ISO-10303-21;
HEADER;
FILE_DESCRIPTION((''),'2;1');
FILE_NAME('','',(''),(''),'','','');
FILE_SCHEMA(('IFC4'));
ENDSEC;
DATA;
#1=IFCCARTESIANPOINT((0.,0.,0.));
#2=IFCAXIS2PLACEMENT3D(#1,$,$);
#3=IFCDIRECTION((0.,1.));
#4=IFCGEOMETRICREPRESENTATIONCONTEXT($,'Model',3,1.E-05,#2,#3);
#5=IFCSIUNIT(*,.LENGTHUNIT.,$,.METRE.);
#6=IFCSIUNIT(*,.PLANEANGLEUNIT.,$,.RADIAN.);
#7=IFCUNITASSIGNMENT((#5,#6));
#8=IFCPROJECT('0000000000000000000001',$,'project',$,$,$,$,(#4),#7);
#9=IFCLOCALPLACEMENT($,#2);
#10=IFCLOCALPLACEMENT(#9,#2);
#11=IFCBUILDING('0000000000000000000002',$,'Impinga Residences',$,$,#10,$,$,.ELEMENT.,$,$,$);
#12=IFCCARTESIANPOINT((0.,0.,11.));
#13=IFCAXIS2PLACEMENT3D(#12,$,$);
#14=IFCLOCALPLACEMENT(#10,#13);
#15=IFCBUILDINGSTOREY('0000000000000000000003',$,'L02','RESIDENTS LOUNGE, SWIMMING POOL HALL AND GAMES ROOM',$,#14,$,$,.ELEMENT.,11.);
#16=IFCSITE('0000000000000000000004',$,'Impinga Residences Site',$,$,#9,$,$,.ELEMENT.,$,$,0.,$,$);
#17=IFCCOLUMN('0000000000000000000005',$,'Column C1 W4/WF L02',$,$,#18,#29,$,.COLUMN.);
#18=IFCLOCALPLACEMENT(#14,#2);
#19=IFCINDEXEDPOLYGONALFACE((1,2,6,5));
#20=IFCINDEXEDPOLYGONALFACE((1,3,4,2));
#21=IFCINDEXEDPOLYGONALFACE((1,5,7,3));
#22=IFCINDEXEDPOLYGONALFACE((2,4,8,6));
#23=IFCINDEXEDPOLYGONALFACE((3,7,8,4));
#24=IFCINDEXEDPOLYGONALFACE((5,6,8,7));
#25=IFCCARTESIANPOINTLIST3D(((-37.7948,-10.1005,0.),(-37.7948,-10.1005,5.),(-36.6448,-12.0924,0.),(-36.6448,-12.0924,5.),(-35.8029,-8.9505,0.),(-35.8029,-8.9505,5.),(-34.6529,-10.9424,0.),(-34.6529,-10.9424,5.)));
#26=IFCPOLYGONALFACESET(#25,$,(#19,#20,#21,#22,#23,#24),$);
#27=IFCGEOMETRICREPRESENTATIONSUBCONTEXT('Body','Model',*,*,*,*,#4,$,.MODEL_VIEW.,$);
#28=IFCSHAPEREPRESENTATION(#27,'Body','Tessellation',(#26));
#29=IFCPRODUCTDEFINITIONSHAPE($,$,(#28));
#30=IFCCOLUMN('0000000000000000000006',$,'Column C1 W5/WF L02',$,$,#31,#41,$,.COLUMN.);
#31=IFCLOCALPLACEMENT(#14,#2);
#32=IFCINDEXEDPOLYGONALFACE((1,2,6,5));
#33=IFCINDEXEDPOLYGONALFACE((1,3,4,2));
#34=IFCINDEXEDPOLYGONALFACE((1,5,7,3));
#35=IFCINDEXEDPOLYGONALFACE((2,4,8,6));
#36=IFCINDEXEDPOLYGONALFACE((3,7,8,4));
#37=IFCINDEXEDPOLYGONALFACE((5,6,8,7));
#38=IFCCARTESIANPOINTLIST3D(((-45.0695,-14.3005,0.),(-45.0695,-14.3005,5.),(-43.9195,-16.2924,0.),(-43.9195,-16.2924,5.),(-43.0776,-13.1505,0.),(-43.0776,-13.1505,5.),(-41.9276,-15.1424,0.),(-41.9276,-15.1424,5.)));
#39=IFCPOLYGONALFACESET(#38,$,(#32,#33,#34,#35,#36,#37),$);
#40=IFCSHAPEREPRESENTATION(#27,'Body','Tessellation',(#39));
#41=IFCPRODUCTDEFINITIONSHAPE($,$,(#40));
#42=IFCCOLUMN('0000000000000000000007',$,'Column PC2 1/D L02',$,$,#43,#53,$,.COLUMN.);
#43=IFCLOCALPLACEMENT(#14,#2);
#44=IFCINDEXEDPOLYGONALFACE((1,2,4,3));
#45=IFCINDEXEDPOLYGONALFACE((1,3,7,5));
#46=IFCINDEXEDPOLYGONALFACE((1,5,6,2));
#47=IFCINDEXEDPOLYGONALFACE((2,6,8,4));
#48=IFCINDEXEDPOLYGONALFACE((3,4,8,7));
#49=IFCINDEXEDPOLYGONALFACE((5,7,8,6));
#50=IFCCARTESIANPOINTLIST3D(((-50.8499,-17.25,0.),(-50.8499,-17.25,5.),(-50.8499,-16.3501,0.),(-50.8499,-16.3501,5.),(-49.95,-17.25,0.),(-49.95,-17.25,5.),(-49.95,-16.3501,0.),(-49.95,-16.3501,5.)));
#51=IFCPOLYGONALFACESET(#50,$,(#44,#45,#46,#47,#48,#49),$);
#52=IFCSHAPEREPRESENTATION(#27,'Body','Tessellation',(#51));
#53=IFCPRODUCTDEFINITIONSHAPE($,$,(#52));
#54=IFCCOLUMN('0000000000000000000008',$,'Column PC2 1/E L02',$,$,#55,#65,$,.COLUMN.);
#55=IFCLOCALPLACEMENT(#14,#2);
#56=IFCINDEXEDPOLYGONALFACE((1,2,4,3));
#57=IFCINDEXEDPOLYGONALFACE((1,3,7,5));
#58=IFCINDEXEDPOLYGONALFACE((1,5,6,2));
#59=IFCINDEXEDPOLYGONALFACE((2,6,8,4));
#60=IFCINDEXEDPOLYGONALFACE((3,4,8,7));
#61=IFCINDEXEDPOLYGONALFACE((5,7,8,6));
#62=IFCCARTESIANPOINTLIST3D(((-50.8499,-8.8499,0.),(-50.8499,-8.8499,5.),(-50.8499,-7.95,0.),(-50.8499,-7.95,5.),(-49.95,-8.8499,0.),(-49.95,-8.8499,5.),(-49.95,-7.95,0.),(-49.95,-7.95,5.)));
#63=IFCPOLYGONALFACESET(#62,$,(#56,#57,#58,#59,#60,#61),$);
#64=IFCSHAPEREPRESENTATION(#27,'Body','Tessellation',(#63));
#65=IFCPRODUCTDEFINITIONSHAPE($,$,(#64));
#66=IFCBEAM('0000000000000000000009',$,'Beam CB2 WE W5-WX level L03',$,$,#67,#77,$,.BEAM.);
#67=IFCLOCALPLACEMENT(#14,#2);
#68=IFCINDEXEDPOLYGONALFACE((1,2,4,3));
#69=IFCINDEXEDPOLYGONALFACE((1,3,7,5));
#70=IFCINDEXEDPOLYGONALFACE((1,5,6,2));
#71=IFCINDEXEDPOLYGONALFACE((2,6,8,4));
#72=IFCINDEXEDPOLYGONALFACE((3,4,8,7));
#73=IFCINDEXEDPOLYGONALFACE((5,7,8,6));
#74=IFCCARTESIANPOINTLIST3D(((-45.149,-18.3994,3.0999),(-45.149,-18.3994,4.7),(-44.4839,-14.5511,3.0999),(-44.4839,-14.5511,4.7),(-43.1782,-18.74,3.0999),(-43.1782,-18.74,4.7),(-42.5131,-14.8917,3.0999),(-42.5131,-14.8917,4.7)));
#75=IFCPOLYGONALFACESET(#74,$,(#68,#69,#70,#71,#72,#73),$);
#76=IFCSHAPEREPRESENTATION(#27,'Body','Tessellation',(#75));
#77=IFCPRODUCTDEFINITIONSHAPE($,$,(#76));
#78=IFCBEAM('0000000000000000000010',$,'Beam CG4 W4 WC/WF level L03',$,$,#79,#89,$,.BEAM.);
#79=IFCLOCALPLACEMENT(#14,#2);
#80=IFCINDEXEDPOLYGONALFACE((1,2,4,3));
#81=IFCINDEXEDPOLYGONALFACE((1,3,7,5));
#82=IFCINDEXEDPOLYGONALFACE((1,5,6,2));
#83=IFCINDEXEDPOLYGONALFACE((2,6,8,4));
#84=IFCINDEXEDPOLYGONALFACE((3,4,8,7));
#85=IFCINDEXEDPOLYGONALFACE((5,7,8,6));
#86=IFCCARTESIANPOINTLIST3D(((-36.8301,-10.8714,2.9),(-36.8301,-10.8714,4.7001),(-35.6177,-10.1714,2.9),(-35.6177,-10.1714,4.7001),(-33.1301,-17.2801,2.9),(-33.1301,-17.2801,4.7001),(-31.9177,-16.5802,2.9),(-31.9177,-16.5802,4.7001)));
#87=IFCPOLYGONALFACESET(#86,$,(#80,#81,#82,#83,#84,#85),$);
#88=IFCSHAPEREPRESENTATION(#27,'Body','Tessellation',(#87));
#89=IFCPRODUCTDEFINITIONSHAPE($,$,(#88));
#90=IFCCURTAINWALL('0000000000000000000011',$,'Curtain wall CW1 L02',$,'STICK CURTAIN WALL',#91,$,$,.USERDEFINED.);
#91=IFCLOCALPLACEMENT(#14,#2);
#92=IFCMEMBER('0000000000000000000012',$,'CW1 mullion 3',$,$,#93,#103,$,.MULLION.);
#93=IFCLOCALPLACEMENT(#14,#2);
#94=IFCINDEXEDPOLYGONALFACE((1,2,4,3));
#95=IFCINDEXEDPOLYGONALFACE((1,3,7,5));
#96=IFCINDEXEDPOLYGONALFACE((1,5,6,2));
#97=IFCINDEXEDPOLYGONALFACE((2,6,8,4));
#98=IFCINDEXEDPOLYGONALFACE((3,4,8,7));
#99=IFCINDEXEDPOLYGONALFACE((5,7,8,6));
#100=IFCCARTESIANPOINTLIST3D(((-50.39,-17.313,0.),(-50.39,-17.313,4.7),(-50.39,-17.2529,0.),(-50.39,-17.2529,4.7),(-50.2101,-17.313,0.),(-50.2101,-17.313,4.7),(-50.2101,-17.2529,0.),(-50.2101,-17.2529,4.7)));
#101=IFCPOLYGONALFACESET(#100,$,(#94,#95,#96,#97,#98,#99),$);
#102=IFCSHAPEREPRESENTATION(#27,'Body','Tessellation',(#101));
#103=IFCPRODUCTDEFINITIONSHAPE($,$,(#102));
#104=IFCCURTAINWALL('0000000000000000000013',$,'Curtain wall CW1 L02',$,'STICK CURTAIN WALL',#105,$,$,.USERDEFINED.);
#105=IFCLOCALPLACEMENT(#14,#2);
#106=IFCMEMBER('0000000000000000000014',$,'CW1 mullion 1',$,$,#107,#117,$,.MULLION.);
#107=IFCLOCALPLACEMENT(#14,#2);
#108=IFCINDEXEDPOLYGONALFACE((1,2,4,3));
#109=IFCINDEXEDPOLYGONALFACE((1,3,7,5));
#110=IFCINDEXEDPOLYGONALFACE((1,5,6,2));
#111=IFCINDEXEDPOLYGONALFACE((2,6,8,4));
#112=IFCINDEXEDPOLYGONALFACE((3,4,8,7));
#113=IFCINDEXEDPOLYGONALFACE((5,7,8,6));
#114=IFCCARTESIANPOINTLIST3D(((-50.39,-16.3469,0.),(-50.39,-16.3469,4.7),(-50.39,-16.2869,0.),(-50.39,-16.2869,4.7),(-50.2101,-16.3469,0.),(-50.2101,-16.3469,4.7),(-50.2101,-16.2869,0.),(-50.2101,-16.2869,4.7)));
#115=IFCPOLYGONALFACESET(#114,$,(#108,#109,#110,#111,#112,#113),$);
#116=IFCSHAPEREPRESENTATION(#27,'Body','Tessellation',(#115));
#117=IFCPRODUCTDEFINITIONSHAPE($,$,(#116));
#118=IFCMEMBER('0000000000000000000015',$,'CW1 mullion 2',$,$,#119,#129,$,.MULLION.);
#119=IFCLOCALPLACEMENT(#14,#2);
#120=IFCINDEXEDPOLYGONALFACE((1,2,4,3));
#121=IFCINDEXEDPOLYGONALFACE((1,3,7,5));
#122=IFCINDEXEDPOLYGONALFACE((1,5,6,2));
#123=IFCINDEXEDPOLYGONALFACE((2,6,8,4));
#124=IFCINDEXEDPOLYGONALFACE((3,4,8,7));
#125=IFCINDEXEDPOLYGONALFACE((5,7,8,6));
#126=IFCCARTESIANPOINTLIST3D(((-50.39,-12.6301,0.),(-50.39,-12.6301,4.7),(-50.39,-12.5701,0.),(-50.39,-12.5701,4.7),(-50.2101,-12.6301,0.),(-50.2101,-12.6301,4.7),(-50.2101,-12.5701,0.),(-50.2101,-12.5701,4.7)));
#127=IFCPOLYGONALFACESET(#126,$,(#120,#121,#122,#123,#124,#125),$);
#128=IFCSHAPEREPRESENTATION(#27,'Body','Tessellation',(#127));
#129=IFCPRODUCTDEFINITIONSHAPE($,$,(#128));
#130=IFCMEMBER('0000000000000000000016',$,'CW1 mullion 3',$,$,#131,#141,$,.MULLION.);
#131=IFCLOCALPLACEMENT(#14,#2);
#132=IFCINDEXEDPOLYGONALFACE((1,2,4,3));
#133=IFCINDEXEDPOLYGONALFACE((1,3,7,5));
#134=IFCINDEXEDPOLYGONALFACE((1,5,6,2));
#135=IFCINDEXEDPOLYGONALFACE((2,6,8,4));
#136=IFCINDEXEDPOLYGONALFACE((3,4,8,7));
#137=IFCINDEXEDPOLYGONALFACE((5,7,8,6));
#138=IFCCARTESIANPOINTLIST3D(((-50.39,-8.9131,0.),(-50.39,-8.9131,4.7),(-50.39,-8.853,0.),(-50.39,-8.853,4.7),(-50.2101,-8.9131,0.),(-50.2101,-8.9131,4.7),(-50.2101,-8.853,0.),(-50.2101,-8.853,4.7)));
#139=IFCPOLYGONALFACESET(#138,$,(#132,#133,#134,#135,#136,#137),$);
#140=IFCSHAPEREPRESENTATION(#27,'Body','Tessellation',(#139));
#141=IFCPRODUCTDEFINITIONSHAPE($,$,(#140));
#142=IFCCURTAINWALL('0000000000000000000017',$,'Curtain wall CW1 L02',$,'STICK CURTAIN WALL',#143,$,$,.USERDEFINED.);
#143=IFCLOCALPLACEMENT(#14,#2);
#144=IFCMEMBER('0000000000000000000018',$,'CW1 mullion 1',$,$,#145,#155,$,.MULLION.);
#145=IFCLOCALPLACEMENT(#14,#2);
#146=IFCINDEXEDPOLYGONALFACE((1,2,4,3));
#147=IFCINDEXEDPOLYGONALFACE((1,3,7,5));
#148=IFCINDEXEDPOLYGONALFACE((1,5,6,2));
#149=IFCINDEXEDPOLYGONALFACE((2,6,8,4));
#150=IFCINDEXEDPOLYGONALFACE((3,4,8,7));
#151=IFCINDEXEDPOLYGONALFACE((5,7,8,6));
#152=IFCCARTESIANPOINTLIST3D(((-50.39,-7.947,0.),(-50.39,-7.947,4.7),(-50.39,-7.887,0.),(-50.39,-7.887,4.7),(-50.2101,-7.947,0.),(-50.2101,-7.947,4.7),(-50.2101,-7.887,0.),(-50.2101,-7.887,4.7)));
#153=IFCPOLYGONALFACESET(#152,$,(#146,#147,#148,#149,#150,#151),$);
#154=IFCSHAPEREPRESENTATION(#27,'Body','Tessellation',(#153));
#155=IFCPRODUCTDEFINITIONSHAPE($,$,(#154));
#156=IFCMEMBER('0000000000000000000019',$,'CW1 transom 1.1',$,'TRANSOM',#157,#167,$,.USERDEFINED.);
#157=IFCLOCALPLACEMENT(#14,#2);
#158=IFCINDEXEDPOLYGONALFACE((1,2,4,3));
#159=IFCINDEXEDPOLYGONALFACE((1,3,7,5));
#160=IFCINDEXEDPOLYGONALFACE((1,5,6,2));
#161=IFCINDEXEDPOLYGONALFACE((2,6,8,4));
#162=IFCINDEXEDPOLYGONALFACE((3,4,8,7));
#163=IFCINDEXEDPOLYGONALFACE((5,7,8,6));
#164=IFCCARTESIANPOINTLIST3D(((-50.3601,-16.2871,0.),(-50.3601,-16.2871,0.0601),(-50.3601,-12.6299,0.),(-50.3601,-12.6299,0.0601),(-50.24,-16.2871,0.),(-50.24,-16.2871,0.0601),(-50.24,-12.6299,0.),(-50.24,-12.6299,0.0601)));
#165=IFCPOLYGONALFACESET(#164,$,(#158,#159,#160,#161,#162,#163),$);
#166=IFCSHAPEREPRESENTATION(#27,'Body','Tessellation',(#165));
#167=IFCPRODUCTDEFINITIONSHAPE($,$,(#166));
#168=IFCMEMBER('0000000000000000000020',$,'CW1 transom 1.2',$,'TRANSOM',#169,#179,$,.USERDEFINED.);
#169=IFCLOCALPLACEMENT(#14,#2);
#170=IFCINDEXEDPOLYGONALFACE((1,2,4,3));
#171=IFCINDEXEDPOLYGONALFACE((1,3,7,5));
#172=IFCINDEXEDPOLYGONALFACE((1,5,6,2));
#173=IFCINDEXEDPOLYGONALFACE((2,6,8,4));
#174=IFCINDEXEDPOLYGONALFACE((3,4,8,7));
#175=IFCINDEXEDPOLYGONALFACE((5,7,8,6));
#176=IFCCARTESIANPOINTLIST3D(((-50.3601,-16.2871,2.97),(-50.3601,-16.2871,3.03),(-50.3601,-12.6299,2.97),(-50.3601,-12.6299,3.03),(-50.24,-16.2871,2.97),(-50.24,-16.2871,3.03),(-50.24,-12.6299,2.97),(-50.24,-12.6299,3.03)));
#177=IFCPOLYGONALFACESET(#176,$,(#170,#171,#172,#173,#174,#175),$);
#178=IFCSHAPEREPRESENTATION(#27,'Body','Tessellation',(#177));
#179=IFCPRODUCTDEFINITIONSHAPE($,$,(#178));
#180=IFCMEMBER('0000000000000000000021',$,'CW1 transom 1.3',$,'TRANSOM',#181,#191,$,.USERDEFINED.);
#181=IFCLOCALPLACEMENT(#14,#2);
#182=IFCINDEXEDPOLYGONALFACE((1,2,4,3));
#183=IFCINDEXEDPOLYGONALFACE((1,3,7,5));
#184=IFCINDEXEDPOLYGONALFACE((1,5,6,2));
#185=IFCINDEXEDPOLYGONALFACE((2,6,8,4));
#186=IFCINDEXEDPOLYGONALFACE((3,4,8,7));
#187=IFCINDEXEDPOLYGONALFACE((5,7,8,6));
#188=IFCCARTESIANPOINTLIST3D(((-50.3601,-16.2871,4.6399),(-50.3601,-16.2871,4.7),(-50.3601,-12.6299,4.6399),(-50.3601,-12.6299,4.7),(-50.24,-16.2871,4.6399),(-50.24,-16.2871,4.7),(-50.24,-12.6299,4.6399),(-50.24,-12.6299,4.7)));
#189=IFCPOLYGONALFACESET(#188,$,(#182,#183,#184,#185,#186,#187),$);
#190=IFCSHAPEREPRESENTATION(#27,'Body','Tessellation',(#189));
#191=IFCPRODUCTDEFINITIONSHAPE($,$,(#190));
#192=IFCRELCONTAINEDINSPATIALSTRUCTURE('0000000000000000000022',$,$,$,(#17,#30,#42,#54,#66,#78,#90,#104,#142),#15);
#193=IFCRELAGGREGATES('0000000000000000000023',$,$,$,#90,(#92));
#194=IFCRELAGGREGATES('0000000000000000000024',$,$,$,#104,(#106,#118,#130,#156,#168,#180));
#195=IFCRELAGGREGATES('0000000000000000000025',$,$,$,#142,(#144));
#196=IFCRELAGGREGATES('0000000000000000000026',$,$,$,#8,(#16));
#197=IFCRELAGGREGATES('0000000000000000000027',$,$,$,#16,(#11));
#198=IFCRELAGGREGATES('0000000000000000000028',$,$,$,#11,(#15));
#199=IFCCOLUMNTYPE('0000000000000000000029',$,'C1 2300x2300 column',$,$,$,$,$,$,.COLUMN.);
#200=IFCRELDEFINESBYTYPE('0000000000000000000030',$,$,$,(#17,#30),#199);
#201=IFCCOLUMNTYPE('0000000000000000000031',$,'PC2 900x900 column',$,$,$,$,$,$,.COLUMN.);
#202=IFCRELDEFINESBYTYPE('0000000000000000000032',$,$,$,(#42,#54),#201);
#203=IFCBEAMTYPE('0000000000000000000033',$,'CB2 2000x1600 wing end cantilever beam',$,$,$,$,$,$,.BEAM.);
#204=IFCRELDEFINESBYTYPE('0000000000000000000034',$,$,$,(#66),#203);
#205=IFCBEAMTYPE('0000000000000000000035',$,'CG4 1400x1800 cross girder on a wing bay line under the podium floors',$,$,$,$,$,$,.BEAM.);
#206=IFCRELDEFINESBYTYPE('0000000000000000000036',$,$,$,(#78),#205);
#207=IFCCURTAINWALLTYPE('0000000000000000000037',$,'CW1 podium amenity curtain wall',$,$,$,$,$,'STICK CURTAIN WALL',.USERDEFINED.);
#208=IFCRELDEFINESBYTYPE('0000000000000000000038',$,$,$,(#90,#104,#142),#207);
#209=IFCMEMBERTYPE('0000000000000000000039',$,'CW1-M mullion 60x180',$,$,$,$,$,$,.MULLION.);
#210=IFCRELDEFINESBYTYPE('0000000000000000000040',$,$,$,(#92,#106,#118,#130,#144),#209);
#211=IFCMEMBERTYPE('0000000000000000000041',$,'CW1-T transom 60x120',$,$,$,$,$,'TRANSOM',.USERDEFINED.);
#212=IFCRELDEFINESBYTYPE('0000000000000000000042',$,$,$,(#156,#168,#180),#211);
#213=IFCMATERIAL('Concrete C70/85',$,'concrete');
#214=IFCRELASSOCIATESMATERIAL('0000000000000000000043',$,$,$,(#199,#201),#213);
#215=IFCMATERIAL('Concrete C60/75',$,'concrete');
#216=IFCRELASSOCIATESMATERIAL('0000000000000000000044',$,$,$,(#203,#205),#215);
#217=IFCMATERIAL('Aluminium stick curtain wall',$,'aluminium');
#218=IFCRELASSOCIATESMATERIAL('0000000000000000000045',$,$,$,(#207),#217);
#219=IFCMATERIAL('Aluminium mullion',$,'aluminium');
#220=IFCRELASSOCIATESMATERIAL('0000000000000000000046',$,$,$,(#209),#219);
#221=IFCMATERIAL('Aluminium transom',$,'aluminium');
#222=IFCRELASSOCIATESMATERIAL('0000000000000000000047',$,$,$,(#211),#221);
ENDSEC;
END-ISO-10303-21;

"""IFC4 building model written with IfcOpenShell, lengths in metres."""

from ifc_helpers import new_model, si_unit, direction, frame, origin, origin_2d, place, context, subcontext, project, spatial, rectangle, extrude, material, material_profile, profile_set, type_object, element, aggregate, save


model = new_model("IFC4")

# Units and contexts
model_context = context("Model", 3, precision=1e-05, world=origin(), true_north=direction((0.0, 1.0)))
body_context = subcontext(model_context, "Body", "Model", "MODEL_VIEW")
ifc_project = project(units=[si_unit("LENGTHUNIT", "METRE"), si_unit("PLANEANGLEUNIT", "RADIAN")], contexts=[model_context])

# Site, building, storey
site_placement = place(None, origin())
site = spatial("IfcSite", under=ifc_project, at=site_placement, Name="Impinga Residences Site", CompositionType="ELEMENT", RefElevation=0.0)
building_placement = place(site_placement, origin())
building = spatial("IfcBuilding", under=site, at=building_placement, Name="Impinga Residences", CompositionType="ELEMENT")
storey_placement = place(building_placement, frame((0.0, 0.0, 11.0)))
storey = spatial("IfcBuildingStorey", under=building, at=storey_placement, Name="L02", Description="RESIDENTS LOUNGE, SWIMMING POOL HALL AND GAMES ROOM", CompositionType="ELEMENT", Elevation=11.0)

# Columns
ifc_material_1 = material(Name="Concrete C70/85", Category="concrete")
ifc_material_profile_1 = material_profile(ifc_material_1, rectangle(XDim=2.3, YDim=2.3, at=origin_2d()), Name="RC 2300x2300")
ifc_profile_set_1 = profile_set([ifc_material_profile_1], Name="Concrete C70/85")
column_type_1 = type_object("IfcColumnType", Name="C1 2300x2300 column", PredefinedType="COLUMN", material=ifc_profile_set_1)
for number, where, z_axis, x_axis, name in (
    (1, (-36.2239, -10.5215, 0.0), (0.0, 0.0, 1.0), (-0.5, 0.866025, 0.0), "Column C1 W4/WF L02"),
    (2, (-43.4985, -14.7214, 0.0), (0.0, 0.0, 1.0), (-0.5, 0.866025, 0.0), "Column C1 W5/WF L02"),
):
    element("IfcColumn", number, at=place(storey_placement, frame(where, z_axis=z_axis, x_axis=x_axis)), inside=storey, type_object=column_type_1, Name=name, PredefinedType="COLUMN", context=body_context, shape_type="SweptSolid", body=[
        extrude(rectangle(XDim=2.3, YDim=2.3, at=origin_2d()), origin(), (0.0, 0.0, 1.0), 5.0),
    ])
ifc_material_profile_2 = material_profile(ifc_material_1, rectangle(XDim=0.8999, YDim=0.8999, at=origin_2d()), Name="RC 900x900")
ifc_profile_set_2 = profile_set([ifc_material_profile_2], Name="Concrete C70/85")
column_type_2 = type_object("IfcColumnType", Name="PC2 900x900 column", PredefinedType="COLUMN", material=ifc_profile_set_2)
for number, where, z_axis, x_axis, name in (
    (3, (-50.3999, -16.8, 0.0), (0.0, 0.0, 1.0), (1.0, 0.0, 0.0), "Column PC2 1/D L02"),
    (4, (-50.3999, -8.3999, 0.0), (0.0, 0.0, 1.0), (1.0, 0.0, 0.0), "Column PC2 1/E L02"),
):
    element("IfcColumn", number, at=place(storey_placement, frame(where, z_axis=z_axis, x_axis=x_axis)), inside=storey, type_object=column_type_2, Name=name, PredefinedType="COLUMN", context=body_context, shape_type="SweptSolid", body=[
        extrude(rectangle(XDim=0.8999, YDim=0.8999, at=origin_2d()), origin(), (0.0, 0.0, 1.0), 5.0),
    ])

# Beams
ifc_material_2 = material(Name="Concrete C60/75", Category="concrete")
ifc_material_profile_3 = material_profile(ifc_material_2, rectangle(XDim=2.0, YDim=1.6001, at=origin_2d()), Name="RC 2000x1600")
ifc_profile_set_3 = profile_set([ifc_material_profile_3], Name="Concrete C60/75")
beam_type_1 = type_object("IfcBeamType", Name="CB2 2000x1600 wing end cantilever beam", PredefinedType="BEAM", material=ifc_profile_set_3)
beam_1_placement = place(storey_placement, frame((-43.4985, -14.7214, 3.8999), z_axis=(-0.170296, -0.985393, 0.0), x_axis=(0.985393, -0.170296, 0.0)))
element("IfcBeam", 5, at=beam_1_placement, inside=storey, type_object=beam_type_1, Name="Beam CB2 WE W5-WX level L03", PredefinedType="BEAM", context=body_context, shape_type="SweptSolid", body=[
    extrude(rectangle(XDim=2.0, YDim=1.6001, at=origin_2d()), origin(), (0.0, 0.0, 1.0), 3.9053),
])
ifc_material_profile_4 = material_profile(ifc_material_2, rectangle(XDim=1.3999, YDim=1.8, at=origin_2d()), Name="RC 1400x1800")
ifc_profile_set_4 = profile_set([ifc_material_profile_4], Name="Concrete C60/75")
beam_type_2 = type_object("IfcBeamType", Name="CG4 1400x1800 cross girder on a wing bay line under the podium floors", PredefinedType="BEAM", material=ifc_profile_set_4)
beam_2_placement = place(storey_placement, frame((-32.5239, -16.9302, 3.8), z_axis=(-0.499989, 0.866032, 0.0), x_axis=(-0.866032, -0.499989, 0.0)))
element("IfcBeam", 6, at=beam_2_placement, inside=storey, type_object=beam_type_2, Name="Beam CG4 W4 WC/WF level L03", PredefinedType="BEAM", context=body_context, shape_type="SweptSolid", body=[
    extrude(rectangle(XDim=1.3999, YDim=1.8, at=origin_2d()), origin(), (0.0, 0.0, 1.0), 7.4001),
])

# Curtain wall, member
ifc_material_3 = material(Name="Aluminium stick curtain wall", Category="aluminium")
curtain_wall_type = type_object("IfcCurtainWallType", Name="CW1 podium amenity curtain wall", ElementType="STICK CURTAIN WALL", PredefinedType="USERDEFINED", material=ifc_material_3)
curtain_wall_1_placement = place(storey_placement, origin())
curtain_wall_1 = element("IfcCurtainWall", 7, at=curtain_wall_1_placement, inside=storey, type_object=curtain_wall_type, Name="Curtain wall CW1 L02", ObjectType="STICK CURTAIN WALL", PredefinedType="USERDEFINED")
ifc_material_4 = material(Name="Aluminium mullion", Category="aluminium")
ifc_material_profile_5 = material_profile(ifc_material_4, rectangle(XDim=0.0601, YDim=0.1799, at=origin_2d()), Name="60x180 mullion")
ifc_profile_set_5 = profile_set([ifc_material_profile_5], Name="Aluminium mullion")
member_type_1 = type_object("IfcMemberType", Name="CW1-M mullion 60x180", PredefinedType="MULLION", material=ifc_profile_set_5)
member_1_placement = place(storey_placement, frame((-50.3, -17.283, 0.0), z_axis=(0.0, 0.0, 1.0), x_axis=(0.0, 1.0, 0.0)))
member_1 = element("IfcMember", 8, at=member_1_placement, type_object=member_type_1, Name="CW1 mullion 3", PredefinedType="MULLION", context=body_context, shape_type="SweptSolid", body=[
    extrude(rectangle(XDim=0.0601, YDim=0.1799, at=origin_2d()), origin(), (0.0, 0.0, 1.0), 4.7),
])

# Curtain wall, members
curtain_wall_2_placement = place(storey_placement, origin())
curtain_wall_2 = element("IfcCurtainWall", 9, at=curtain_wall_2_placement, inside=storey, type_object=curtain_wall_type, Name="Curtain wall CW1 L02", ObjectType="STICK CURTAIN WALL", PredefinedType="USERDEFINED")
member_2_placement = place(storey_placement, frame((-50.3, -16.3169, 0.0), z_axis=(0.0, 0.0, 1.0), x_axis=(0.0, 1.0, 0.0)))
member_2 = element("IfcMember", 10, at=member_2_placement, type_object=member_type_1, Name="CW1 mullion 1", PredefinedType="MULLION", context=body_context, shape_type="SweptSolid", body=[
    extrude(rectangle(XDim=0.0601, YDim=0.1799, at=origin_2d()), origin(), (0.0, 0.0, 1.0), 4.7),
])
member_3_placement = place(storey_placement, frame((-50.3, -12.6001, 0.0), z_axis=(0.0, 0.0, 1.0), x_axis=(0.0, 1.0, 0.0)))
member_3 = element("IfcMember", 11, at=member_3_placement, type_object=member_type_1, Name="CW1 mullion 2", PredefinedType="MULLION", context=body_context, shape_type="SweptSolid", body=[
    extrude(rectangle(XDim=0.0601, YDim=0.1799, at=origin_2d()), origin(), (0.0, 0.0, 1.0), 4.7),
])
member_4_placement = place(storey_placement, frame((-50.3, -8.8831, 0.0), z_axis=(0.0, 0.0, 1.0), x_axis=(0.0, 1.0, 0.0)))
member_4 = element("IfcMember", 12, at=member_4_placement, type_object=member_type_1, Name="CW1 mullion 3", PredefinedType="MULLION", context=body_context, shape_type="SweptSolid", body=[
    extrude(rectangle(XDim=0.0601, YDim=0.1799, at=origin_2d()), origin(), (0.0, 0.0, 1.0), 4.7),
])

# Curtain wall, member
curtain_wall_3_placement = place(storey_placement, origin())
curtain_wall_3 = element("IfcCurtainWall", 13, at=curtain_wall_3_placement, inside=storey, type_object=curtain_wall_type, Name="Curtain wall CW1 L02", ObjectType="STICK CURTAIN WALL", PredefinedType="USERDEFINED")
member_5_placement = place(storey_placement, frame((-50.3, -7.917, 0.0), z_axis=(0.0, 0.0, 1.0), x_axis=(0.0, 1.0, 0.0)))
member_5 = element("IfcMember", 14, at=member_5_placement, type_object=member_type_1, Name="CW1 mullion 1", PredefinedType="MULLION", context=body_context, shape_type="SweptSolid", body=[
    extrude(rectangle(XDim=0.0601, YDim=0.1799, at=origin_2d()), origin(), (0.0, 0.0, 1.0), 4.7),
])

# Members
ifc_material_5 = material(Name="Aluminium transom", Category="aluminium")
ifc_material_profile_6 = material_profile(ifc_material_5, rectangle(XDim=0.0601, YDim=0.1201, at=origin_2d()), Name="60x120 transom")
ifc_profile_set_6 = profile_set([ifc_material_profile_6], Name="Aluminium transom")
member_type_2 = type_object("IfcMemberType", Name="CW1-T transom 60x120", ElementType="TRANSOM", PredefinedType="USERDEFINED", material=ifc_profile_set_6)
member_6_placement = place(storey_placement, frame((-50.3, -16.2871, 0.03), z_axis=(0.0, 1.0, 0.0), x_axis=(0.0, 0.0, 1.0)))
member_6 = element("IfcMember", 15, at=member_6_placement, type_object=member_type_2, Name="CW1 transom 1.1", ObjectType="TRANSOM", PredefinedType="USERDEFINED", context=body_context, shape_type="SweptSolid", body=[
    extrude(rectangle(XDim=0.0601, YDim=0.1201, at=origin_2d()), origin(), (0.0, 0.0, 1.0), 3.6572),
])
member_7_placement = place(storey_placement, frame((-50.3, -16.2871, 3.0), z_axis=(0.0, 1.0, 0.0), x_axis=(0.0, 0.0, 1.0)))
member_7 = element("IfcMember", 16, at=member_7_placement, type_object=member_type_2, Name="CW1 transom 1.2", ObjectType="TRANSOM", PredefinedType="USERDEFINED", context=body_context, shape_type="SweptSolid", body=[
    extrude(rectangle(XDim=0.0601, YDim=0.1201, at=origin_2d()), origin(), (0.0, 0.0, 1.0), 3.6572),
])
member_8_placement = place(storey_placement, frame((-50.3, -16.2871, 4.6699), z_axis=(0.0, 1.0, 0.0), x_axis=(0.0, 0.0, 1.0)))
member_8 = element("IfcMember", 17, at=member_8_placement, type_object=member_type_2, Name="CW1 transom 1.3", ObjectType="TRANSOM", PredefinedType="USERDEFINED", context=body_context, shape_type="SweptSolid", body=[
    extrude(rectangle(XDim=0.0601, YDim=0.1201, at=origin_2d()), origin(), (0.0, 0.0, 1.0), 3.6572),
])

aggregate(curtain_wall_1, [member_1])
aggregate(curtain_wall_2, [member_2, member_3, member_4, member_6, member_7, member_8])
aggregate(curtain_wall_3, [member_5])

save(model, "model.ifc")
